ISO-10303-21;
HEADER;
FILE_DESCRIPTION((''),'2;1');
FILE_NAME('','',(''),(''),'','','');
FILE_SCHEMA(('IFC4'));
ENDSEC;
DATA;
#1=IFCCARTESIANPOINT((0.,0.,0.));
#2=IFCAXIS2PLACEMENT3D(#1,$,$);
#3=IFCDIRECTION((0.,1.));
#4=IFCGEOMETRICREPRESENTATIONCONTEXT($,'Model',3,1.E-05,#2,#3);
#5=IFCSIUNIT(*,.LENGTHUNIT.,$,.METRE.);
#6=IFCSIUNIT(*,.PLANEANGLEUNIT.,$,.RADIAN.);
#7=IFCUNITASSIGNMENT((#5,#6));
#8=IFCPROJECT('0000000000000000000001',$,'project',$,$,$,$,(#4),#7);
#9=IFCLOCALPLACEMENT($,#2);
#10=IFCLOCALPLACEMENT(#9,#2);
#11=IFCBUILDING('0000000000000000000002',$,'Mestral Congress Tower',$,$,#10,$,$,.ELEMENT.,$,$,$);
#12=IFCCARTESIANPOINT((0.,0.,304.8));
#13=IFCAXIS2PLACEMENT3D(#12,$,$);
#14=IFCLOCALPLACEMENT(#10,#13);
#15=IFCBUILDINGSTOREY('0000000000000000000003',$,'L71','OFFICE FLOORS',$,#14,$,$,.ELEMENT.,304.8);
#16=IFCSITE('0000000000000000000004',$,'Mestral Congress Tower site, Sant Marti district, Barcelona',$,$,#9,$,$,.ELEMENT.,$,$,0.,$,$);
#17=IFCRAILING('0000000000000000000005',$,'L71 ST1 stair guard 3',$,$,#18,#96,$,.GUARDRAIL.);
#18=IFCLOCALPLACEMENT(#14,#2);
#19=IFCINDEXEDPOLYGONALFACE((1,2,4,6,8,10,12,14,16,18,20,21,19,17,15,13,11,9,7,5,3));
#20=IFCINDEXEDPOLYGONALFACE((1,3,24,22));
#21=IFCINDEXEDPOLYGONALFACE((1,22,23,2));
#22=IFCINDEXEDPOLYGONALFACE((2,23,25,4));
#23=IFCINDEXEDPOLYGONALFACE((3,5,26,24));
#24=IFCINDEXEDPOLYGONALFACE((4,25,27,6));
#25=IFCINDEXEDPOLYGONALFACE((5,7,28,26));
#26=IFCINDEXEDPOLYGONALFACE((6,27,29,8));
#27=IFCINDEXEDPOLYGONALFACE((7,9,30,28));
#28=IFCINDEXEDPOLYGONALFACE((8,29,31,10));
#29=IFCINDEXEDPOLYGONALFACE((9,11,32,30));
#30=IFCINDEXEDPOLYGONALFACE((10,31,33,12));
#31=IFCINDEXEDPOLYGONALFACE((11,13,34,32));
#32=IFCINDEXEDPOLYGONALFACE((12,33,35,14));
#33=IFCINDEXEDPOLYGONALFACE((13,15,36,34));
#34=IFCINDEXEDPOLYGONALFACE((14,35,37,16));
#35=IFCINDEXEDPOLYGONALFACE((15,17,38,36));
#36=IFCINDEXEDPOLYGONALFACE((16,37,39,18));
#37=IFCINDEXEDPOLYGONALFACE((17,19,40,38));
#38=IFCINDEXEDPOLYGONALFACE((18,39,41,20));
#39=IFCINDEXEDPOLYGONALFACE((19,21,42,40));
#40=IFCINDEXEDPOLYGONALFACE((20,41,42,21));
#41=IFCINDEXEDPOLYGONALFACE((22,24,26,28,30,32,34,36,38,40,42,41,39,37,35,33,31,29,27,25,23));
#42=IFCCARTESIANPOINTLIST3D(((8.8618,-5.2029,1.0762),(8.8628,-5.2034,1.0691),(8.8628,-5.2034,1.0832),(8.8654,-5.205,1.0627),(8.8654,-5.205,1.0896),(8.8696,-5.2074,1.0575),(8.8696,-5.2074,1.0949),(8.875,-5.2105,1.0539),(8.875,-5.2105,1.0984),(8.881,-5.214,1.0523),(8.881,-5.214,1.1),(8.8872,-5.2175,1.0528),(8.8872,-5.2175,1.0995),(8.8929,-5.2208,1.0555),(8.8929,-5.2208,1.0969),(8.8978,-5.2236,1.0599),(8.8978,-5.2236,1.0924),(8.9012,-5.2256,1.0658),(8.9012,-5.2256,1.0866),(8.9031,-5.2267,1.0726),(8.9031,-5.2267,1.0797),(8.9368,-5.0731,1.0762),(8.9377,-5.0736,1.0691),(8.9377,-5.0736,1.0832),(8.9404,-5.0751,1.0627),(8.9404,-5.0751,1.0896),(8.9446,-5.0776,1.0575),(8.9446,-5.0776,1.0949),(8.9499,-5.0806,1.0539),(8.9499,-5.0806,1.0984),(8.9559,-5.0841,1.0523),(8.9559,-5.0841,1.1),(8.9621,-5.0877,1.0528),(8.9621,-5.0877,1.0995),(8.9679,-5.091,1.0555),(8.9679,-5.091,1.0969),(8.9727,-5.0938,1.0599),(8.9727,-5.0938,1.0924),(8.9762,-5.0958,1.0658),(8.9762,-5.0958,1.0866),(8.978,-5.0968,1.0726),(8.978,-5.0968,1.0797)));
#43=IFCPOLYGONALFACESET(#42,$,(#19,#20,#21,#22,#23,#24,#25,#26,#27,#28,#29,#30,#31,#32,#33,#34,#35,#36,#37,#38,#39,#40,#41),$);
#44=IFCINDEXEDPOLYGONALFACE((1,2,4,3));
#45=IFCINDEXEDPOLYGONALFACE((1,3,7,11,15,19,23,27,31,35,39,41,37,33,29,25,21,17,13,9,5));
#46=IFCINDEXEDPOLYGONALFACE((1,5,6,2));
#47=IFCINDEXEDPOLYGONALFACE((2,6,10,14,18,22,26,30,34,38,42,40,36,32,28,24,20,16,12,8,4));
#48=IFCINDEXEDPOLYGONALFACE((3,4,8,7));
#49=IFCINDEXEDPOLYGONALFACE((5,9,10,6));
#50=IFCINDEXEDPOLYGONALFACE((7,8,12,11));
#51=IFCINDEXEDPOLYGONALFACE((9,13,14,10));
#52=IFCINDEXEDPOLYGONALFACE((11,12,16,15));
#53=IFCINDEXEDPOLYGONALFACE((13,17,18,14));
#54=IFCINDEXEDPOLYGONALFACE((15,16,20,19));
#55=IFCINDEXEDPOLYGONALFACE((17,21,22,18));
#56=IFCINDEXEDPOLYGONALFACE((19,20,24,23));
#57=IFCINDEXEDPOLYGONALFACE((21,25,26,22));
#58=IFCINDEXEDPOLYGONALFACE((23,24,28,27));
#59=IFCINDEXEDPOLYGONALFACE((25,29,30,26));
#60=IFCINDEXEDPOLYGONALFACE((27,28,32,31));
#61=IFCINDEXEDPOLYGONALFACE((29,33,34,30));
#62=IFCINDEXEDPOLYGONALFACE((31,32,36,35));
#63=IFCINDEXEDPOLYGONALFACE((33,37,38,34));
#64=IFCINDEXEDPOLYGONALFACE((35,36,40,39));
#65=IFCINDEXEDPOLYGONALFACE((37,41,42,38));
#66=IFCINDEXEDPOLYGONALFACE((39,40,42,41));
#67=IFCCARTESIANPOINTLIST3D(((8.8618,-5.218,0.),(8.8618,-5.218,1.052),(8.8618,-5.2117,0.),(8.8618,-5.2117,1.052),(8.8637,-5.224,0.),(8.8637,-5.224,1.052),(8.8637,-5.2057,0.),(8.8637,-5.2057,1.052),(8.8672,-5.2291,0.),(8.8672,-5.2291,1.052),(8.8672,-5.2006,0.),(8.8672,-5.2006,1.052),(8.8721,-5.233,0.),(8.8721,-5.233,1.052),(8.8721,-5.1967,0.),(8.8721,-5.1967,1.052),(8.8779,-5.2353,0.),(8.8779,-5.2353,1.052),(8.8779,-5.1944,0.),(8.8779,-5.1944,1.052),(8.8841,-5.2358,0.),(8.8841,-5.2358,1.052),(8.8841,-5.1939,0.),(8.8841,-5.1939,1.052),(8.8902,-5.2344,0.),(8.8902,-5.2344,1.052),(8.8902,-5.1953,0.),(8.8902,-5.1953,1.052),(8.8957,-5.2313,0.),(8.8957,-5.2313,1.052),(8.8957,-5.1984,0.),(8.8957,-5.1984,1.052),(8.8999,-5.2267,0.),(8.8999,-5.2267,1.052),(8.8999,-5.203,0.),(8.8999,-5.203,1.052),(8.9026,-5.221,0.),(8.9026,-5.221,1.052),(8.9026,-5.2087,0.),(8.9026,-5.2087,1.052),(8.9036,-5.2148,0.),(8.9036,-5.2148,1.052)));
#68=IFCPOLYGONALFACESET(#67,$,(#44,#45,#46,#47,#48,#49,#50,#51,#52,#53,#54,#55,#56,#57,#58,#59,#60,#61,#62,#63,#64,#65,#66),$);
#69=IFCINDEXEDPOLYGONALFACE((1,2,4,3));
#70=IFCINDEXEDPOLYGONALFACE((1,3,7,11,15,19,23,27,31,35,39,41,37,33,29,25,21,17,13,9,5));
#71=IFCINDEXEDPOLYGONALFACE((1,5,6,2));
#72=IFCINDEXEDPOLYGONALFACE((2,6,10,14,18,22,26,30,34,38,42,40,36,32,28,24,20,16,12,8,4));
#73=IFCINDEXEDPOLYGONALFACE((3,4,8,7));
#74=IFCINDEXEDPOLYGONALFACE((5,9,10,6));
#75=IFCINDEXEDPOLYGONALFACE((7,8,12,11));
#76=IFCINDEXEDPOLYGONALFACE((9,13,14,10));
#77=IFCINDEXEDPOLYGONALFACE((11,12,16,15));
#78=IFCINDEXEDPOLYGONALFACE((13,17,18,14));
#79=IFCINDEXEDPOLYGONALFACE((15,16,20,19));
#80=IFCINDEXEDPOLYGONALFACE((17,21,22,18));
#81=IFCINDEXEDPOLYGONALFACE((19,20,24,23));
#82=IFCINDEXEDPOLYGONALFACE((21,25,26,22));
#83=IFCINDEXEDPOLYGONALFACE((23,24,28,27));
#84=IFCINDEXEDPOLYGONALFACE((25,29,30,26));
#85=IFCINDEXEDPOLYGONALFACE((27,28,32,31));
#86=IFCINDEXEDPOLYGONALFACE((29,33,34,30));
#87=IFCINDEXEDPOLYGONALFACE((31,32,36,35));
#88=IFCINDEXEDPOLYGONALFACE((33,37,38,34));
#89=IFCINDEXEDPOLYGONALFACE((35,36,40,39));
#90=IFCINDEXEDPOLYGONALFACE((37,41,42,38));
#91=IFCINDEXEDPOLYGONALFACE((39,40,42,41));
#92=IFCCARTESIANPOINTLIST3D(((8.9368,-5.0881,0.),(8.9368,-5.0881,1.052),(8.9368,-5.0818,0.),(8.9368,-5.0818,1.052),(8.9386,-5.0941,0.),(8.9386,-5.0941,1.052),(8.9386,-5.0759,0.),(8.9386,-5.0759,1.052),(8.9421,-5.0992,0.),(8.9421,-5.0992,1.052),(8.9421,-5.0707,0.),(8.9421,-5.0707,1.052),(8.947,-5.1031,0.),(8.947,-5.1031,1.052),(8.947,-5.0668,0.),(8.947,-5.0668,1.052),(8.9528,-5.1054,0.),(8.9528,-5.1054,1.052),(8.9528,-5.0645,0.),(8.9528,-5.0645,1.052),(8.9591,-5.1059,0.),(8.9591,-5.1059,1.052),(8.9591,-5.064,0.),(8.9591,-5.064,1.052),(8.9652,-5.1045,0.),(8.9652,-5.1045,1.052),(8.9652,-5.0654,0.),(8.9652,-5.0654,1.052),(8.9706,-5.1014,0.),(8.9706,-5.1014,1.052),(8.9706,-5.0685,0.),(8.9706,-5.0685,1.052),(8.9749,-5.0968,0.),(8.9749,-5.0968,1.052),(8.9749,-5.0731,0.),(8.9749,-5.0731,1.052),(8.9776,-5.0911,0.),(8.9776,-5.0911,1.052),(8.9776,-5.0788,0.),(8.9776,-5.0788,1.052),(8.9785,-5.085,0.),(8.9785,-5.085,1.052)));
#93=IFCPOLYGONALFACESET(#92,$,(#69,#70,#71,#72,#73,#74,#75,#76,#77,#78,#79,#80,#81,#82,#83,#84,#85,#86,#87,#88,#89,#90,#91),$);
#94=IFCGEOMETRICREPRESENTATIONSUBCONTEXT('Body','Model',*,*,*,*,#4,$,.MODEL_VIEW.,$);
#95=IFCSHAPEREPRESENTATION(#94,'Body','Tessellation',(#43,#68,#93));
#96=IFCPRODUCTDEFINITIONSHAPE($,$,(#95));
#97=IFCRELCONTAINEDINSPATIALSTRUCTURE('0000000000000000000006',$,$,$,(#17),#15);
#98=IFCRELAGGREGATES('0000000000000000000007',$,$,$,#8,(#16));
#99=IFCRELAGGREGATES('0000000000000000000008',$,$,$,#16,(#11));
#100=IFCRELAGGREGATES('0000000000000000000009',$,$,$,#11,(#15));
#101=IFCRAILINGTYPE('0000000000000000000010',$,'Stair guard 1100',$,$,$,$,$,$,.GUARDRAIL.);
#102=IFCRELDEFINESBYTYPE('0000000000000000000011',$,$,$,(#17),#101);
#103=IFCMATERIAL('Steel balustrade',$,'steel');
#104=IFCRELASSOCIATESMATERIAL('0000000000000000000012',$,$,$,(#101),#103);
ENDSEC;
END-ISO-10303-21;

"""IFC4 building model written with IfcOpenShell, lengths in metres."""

from ifc_helpers import new_model, si_unit, direction, frame, origin, origin_2d, place, context, subcontext, project, spatial, circle, extrude, material, type_object, element, save


model = new_model("IFC4")

# Units and contexts
model_context = context("Model", 3, precision=1e-05, world=origin(), true_north=direction((0.0, 1.0)))
body_context = subcontext(model_context, "Body", "Model", "MODEL_VIEW")
ifc_project = project(units=[si_unit("LENGTHUNIT", "METRE"), si_unit("PLANEANGLEUNIT", "RADIAN")], contexts=[model_context])

# Site, building, storey
site_placement = place(None, origin())
site = spatial("IfcSite", under=ifc_project, at=site_placement, Name="Mestral Congress Tower site, Sant Marti district, Barcelona", CompositionType="ELEMENT", RefElevation=0.0)
building_placement = place(site_placement, origin())
building = spatial("IfcBuilding", under=site, at=building_placement, Name="Mestral Congress Tower", CompositionType="ELEMENT")
storey_placement = place(building_placement, frame((0.0, 0.0, 304.8)))
storey = spatial("IfcBuildingStorey", under=building, at=storey_placement, Name="L71", Description="OFFICE FLOORS", CompositionType="ELEMENT", Elevation=304.8)

# Railing
ifc_material_1 = material(Name="Steel balustrade", Category="steel")
railing_type_1 = type_object("IfcRailingType", Name="Stair guard 1100", PredefinedType="GUARDRAIL", material=ifc_material_1)
railing_1_placement = place(storey_placement, frame((8.8826, -5.2148, 0.0)))
element("IfcRailing", 1, at=railing_1_placement, inside=storey, type_object=railing_type_1, Name="L71 ST1 stair guard 3", PredefinedType="GUARDRAIL", context=body_context, shape_type="SweptSolid", body=[
    extrude(circle(Radius=0.0239, at=origin_2d()), frame((0.0, 0.0, 1.0762), z_axis=(0.499816, 0.866131, 0.0), x_axis=(-0.866131, 0.499816, 0.0)), (0.0, 0.0, 1.0), 0.1499),
    extrude(circle(Radius=0.021, at=origin_2d()), origin(), (0.0, 0.0, 1.0), 1.052),
    extrude(circle(Radius=0.021, at=origin_2d()), frame((0.075, 0.1299, 0.0)), (0.0, 0.0, 1.0), 1.052),
])

save(model, "model.ifc")
